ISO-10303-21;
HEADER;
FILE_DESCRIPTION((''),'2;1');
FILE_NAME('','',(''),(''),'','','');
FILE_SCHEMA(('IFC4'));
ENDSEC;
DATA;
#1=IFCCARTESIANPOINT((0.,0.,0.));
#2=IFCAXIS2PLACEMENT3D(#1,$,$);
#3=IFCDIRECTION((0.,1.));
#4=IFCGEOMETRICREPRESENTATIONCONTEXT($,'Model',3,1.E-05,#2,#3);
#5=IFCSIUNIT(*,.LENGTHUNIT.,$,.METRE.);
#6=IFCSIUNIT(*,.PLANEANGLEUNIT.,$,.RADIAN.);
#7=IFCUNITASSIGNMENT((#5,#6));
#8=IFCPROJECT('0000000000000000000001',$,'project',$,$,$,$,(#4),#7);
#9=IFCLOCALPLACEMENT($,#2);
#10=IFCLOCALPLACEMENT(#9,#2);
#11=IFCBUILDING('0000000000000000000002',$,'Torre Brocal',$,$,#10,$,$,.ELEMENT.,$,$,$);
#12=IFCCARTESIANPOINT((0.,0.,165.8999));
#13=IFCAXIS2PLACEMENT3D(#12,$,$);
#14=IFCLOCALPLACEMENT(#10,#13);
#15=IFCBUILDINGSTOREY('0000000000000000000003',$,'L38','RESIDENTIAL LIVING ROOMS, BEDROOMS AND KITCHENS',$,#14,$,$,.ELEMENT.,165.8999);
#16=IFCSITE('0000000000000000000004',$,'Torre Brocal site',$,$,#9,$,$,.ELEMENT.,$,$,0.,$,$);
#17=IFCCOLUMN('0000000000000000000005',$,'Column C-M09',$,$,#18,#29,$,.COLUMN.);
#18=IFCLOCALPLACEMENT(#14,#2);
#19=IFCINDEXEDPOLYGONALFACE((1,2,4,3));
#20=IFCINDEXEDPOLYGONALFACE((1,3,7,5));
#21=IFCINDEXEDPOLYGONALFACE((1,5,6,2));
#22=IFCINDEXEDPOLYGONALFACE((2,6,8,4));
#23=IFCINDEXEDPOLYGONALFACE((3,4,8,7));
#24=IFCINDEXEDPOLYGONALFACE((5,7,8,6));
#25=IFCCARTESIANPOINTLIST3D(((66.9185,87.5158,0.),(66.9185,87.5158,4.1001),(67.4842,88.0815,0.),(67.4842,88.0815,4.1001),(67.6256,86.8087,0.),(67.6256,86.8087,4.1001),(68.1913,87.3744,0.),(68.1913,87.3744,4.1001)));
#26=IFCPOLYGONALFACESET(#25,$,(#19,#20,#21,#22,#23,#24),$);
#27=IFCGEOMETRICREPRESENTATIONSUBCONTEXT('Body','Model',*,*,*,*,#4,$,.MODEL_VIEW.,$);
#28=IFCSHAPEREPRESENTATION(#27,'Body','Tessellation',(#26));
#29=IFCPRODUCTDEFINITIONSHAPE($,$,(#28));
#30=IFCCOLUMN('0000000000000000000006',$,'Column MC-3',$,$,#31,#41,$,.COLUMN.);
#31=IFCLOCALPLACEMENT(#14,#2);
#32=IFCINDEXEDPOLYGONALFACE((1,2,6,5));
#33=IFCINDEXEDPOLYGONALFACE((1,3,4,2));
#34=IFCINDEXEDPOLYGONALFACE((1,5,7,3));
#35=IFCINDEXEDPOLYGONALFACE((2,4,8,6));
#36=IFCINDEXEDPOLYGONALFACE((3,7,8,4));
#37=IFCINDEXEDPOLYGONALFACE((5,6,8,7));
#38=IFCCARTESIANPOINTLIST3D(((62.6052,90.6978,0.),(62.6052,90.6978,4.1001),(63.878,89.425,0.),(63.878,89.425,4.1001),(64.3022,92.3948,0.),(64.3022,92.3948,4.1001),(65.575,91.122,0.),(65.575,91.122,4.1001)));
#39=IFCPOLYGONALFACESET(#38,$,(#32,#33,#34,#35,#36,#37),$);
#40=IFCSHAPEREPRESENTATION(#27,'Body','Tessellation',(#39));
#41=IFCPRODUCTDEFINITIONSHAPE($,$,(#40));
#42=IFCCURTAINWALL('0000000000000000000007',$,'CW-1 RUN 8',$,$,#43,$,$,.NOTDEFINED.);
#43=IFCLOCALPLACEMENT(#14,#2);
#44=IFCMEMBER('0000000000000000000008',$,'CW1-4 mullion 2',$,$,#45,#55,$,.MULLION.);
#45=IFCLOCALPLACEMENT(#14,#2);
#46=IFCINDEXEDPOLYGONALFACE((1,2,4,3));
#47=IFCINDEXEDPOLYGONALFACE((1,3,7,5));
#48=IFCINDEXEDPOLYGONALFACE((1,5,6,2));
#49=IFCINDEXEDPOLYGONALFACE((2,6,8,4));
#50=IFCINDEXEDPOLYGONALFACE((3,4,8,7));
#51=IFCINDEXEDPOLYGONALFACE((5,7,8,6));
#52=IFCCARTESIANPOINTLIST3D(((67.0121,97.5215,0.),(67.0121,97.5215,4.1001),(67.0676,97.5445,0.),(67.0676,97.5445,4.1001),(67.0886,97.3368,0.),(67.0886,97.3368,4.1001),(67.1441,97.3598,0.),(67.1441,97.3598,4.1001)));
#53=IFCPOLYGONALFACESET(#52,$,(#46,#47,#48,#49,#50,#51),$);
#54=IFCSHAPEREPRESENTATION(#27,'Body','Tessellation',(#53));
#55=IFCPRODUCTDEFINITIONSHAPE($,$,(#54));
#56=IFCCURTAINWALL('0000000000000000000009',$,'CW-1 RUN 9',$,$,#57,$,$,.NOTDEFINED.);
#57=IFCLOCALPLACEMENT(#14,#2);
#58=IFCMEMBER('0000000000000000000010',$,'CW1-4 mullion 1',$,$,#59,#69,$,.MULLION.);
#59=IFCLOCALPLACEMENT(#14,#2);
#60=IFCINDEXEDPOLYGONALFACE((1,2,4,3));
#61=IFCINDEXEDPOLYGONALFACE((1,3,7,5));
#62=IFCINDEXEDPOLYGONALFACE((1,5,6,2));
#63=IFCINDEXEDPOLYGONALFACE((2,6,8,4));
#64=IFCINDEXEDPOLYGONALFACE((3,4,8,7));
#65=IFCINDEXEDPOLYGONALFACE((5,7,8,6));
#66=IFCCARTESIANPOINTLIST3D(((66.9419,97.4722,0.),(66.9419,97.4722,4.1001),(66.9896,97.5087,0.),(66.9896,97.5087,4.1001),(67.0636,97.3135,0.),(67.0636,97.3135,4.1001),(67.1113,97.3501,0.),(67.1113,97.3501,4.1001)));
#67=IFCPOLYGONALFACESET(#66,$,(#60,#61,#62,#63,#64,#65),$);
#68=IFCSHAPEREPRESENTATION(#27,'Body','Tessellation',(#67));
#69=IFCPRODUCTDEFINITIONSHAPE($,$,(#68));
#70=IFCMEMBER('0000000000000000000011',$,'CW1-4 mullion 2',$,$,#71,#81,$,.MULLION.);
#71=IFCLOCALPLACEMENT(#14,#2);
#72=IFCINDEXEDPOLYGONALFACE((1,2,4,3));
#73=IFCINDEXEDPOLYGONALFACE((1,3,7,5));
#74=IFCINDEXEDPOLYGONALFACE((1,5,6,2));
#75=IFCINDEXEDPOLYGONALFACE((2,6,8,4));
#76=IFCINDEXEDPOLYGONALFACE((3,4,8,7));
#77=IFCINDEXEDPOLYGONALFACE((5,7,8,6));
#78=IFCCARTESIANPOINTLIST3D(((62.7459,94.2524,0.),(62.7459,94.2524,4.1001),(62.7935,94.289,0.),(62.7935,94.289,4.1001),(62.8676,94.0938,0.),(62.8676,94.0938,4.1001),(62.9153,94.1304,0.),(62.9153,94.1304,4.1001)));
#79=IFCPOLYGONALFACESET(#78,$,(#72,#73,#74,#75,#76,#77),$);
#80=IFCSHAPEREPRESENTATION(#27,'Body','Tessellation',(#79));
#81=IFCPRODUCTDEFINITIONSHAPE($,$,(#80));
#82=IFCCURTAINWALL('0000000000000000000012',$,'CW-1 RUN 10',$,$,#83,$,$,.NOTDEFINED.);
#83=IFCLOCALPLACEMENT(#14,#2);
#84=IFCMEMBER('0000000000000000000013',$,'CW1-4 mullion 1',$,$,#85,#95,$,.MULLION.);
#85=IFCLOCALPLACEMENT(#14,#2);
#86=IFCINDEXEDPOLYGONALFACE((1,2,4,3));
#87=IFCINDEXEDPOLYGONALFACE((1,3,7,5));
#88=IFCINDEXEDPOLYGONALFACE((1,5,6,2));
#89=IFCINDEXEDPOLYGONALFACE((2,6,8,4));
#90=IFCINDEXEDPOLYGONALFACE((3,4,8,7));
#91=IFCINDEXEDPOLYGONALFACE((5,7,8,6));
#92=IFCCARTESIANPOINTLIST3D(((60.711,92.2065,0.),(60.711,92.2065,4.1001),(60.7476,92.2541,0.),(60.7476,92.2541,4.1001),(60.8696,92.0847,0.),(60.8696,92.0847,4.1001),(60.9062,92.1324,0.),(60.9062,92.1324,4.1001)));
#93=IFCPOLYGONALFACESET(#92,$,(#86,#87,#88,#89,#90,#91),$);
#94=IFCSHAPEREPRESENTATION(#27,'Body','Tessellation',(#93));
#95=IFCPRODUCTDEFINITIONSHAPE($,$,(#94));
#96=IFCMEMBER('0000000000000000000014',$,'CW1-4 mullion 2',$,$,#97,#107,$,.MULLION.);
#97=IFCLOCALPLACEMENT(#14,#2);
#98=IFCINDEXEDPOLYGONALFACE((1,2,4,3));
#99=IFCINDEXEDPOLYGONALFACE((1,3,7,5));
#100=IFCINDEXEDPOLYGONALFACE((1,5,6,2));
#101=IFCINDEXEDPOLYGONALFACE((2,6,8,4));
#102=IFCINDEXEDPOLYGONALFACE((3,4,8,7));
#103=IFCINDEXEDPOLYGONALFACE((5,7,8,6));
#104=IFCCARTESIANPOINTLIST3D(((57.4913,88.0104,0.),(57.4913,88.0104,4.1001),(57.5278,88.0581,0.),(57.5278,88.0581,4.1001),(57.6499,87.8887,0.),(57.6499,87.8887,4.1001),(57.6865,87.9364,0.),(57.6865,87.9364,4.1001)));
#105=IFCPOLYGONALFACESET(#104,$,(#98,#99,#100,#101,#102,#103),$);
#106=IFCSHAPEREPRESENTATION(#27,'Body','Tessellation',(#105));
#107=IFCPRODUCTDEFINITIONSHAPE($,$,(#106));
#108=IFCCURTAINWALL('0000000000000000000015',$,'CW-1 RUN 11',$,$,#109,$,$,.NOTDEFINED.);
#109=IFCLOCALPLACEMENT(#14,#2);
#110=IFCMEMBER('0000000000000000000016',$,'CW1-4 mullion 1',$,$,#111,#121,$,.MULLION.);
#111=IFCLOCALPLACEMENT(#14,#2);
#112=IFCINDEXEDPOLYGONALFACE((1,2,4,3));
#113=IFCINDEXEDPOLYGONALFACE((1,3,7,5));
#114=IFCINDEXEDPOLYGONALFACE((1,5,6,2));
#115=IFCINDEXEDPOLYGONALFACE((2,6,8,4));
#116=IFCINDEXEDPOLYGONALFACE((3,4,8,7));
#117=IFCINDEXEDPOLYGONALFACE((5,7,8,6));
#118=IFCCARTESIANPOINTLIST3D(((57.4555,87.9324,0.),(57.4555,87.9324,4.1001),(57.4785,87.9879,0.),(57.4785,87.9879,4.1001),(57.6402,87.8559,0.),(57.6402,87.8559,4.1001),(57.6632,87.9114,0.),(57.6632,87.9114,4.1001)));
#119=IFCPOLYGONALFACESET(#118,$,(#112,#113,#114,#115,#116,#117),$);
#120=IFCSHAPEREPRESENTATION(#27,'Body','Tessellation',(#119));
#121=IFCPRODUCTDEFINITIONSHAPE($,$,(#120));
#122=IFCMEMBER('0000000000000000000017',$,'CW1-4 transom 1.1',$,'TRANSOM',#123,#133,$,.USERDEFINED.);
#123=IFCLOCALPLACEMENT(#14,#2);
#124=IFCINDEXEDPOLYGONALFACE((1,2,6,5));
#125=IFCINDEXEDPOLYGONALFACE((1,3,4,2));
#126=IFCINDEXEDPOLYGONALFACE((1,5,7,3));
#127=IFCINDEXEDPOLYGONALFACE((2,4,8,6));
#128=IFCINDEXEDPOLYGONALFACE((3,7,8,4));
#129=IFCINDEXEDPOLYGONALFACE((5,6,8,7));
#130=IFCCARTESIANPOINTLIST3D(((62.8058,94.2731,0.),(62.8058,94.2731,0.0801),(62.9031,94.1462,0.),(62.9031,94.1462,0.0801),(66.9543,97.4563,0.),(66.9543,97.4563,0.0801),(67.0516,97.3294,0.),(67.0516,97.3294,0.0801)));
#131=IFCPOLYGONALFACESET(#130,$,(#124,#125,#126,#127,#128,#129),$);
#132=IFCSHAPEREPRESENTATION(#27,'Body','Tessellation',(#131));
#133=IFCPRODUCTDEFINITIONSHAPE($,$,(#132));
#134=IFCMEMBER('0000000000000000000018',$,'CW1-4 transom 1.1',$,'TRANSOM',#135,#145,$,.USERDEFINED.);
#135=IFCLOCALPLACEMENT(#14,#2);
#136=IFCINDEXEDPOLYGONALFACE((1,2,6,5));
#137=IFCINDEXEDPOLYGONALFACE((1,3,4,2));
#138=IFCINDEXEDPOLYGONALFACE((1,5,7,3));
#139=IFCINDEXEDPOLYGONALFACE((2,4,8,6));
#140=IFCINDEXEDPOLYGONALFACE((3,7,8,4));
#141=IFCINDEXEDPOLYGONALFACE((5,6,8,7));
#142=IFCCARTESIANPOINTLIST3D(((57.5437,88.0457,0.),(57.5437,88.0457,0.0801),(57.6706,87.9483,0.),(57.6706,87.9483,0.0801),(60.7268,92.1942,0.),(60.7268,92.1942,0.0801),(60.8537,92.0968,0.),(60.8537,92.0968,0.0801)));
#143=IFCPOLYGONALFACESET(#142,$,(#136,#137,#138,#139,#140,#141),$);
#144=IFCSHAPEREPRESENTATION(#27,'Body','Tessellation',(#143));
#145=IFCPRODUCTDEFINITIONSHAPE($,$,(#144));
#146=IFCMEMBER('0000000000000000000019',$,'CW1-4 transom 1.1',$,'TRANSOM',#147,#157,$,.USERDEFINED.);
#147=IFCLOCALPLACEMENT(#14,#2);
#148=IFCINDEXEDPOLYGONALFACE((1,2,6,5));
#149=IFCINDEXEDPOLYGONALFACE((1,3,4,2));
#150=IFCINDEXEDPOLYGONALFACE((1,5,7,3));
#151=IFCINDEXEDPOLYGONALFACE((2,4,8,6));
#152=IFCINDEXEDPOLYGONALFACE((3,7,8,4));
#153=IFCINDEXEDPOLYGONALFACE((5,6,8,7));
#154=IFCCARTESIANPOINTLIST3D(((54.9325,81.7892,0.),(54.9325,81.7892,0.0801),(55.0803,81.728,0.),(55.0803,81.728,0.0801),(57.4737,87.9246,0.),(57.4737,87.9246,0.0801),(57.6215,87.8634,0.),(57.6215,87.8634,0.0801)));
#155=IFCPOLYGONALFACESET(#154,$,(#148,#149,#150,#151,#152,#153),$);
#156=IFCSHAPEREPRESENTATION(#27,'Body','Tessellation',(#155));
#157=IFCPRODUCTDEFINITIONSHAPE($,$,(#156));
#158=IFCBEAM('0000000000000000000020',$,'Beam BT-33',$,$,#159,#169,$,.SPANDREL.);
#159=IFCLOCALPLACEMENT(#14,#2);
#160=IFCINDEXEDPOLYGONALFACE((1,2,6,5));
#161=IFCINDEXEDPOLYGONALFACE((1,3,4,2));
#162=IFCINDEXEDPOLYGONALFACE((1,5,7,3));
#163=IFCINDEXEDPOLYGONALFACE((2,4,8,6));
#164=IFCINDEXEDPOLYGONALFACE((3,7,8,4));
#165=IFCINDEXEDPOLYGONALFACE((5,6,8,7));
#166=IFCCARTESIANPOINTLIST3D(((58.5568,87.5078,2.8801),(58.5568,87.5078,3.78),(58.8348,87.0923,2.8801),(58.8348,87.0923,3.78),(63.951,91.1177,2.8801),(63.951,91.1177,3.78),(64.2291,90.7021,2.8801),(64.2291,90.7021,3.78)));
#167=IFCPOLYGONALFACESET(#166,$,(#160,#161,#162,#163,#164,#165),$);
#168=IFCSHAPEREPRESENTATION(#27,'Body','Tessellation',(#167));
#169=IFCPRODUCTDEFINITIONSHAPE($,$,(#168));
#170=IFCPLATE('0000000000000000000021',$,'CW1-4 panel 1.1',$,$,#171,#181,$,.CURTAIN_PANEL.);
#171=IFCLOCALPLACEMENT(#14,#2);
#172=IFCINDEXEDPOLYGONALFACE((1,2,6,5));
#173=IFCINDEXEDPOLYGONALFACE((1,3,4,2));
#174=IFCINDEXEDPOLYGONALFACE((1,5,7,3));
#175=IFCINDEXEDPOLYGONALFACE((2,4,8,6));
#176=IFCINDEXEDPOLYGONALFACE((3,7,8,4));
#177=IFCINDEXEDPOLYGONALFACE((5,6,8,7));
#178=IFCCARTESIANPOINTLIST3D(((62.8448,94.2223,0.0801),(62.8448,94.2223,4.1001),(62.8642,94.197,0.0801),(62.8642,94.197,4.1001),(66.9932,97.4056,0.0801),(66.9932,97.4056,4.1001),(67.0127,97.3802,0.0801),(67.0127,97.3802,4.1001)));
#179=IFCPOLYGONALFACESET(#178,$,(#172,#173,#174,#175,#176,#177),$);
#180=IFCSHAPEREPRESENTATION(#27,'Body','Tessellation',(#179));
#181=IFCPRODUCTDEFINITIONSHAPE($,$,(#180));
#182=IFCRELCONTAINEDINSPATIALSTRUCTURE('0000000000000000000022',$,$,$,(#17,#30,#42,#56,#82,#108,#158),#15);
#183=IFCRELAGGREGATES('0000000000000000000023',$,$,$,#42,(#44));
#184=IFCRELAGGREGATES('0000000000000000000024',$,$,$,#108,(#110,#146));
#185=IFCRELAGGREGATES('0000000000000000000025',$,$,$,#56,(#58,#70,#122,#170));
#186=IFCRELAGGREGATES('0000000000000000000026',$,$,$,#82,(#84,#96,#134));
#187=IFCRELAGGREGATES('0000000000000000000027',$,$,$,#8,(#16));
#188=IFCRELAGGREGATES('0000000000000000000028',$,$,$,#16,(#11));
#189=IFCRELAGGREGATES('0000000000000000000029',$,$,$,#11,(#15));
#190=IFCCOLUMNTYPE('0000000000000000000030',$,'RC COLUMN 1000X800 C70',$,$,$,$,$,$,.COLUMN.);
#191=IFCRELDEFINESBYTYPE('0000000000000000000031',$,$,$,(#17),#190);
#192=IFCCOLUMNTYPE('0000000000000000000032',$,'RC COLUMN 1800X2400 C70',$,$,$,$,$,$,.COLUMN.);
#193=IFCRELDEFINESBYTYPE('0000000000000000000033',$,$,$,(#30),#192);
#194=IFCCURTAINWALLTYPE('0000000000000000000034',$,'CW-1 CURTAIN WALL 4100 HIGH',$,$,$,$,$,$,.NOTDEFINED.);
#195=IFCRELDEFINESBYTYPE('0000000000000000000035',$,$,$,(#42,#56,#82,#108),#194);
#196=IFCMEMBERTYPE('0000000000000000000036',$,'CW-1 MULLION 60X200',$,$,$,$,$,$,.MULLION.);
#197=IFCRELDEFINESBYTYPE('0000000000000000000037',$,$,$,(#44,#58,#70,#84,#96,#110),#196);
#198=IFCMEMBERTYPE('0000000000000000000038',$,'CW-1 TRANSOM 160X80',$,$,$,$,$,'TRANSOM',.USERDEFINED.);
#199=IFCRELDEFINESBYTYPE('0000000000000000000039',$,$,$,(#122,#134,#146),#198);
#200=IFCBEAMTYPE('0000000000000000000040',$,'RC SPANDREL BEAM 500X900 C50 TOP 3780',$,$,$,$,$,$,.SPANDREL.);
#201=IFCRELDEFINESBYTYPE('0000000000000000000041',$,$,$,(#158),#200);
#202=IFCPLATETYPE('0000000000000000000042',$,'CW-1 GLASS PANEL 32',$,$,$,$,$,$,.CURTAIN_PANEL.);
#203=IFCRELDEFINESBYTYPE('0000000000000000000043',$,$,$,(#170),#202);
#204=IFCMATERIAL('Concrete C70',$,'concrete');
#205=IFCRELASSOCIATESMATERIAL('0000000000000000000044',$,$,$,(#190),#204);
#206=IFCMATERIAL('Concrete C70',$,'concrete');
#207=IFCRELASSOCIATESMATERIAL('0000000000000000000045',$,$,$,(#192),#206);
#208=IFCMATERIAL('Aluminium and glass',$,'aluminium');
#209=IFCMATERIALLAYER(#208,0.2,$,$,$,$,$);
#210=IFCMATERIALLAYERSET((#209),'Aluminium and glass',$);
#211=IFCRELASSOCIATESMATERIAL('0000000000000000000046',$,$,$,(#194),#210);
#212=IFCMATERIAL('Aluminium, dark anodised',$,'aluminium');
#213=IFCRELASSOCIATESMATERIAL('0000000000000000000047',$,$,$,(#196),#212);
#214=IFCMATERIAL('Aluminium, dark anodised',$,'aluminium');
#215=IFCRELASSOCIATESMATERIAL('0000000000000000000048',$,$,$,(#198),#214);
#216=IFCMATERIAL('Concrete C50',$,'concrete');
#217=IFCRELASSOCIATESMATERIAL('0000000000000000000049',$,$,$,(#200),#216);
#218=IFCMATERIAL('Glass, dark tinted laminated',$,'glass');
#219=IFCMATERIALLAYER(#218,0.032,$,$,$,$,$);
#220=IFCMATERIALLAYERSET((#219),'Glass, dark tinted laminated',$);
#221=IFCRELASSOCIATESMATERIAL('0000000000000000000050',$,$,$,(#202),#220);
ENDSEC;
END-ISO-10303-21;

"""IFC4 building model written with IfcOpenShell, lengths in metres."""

from ifc_helpers import new_model, si_unit, direction, frame, origin, origin_2d, place, context, subcontext, project, spatial, rectangle, extrude, material, layer, layer_set, material_profile, profile_set, type_object, element, aggregate, save


model = new_model("IFC4")

# Units and contexts
model_context = context("Model", 3, precision=1e-05, world=origin(), true_north=direction((0.0, 1.0)))
body_context = subcontext(model_context, "Body", "Model", "MODEL_VIEW")
ifc_project = project(units=[si_unit("LENGTHUNIT", "METRE"), si_unit("PLANEANGLEUNIT", "RADIAN")], contexts=[model_context])

# Site, building, storey
site_placement = place(None, origin())
site = spatial("IfcSite", under=ifc_project, at=site_placement, Name="Torre Brocal site", CompositionType="ELEMENT", RefElevation=0.0)
building_placement = place(site_placement, origin())
building = spatial("IfcBuilding", under=site, at=building_placement, Name="Torre Brocal", CompositionType="ELEMENT")
storey_placement = place(building_placement, frame((0.0, 0.0, 165.8999)))
storey = spatial("IfcBuildingStorey", under=building, at=storey_placement, Name="L38", Description="RESIDENTIAL LIVING ROOMS, BEDROOMS AND KITCHENS", CompositionType="ELEMENT", Elevation=165.8999)

# Columns
ifc_material_1 = material(Name="Concrete C70", Category="concrete")
ifc_material_profile_1 = material_profile(ifc_material_1, rectangle(XDim=1.0, YDim=0.8, at=origin_2d()), Name="RC 1000X800")
ifc_profile_set_1 = profile_set([ifc_material_profile_1], Name="Concrete C70")
column_type_1 = type_object("IfcColumnType", Name="RC COLUMN 1000X800 C70", PredefinedType="COLUMN", material=ifc_profile_set_1)
column_1_placement = place(storey_placement, frame((67.5549, 87.4451, 0.0), z_axis=(0.0, 0.0, 1.0), x_axis=(-0.707107, 0.707107, 0.0)))
element("IfcColumn", 1, at=column_1_placement, inside=storey, type_object=column_type_1, Name="Column C-M09", PredefinedType="COLUMN", context=body_context, shape_type="SweptSolid", body=[
    extrude(rectangle(XDim=1.0, YDim=0.8, at=origin_2d()), origin(), (0.0, 0.0, 1.0), 4.1001),
])
ifc_material_2 = material(Name="Concrete C70", Category="concrete")
ifc_material_profile_2 = material_profile(ifc_material_2, rectangle(XDim=1.8, YDim=2.3999, at=origin_2d()), Name="RC 1800X2400")
ifc_profile_set_2 = profile_set([ifc_material_profile_2], Name="Concrete C70")
column_type_2 = type_object("IfcColumnType", Name="RC COLUMN 1800X2400 C70", PredefinedType="COLUMN", material=ifc_profile_set_2)
column_2_placement = place(storey_placement, frame((64.0901, 90.9099, 0.0), z_axis=(0.0, 0.0, 1.0), x_axis=(-0.707107, 0.707107, 0.0)))
element("IfcColumn", 2, at=column_2_placement, inside=storey, type_object=column_type_2, Name="Column MC-3", PredefinedType="COLUMN", context=body_context, shape_type="SweptSolid", body=[
    extrude(rectangle(XDim=1.8, YDim=2.3999, at=origin_2d()), origin(), (0.0, 0.0, 1.0), 4.1001),
])

# Curtain wall, member
ifc_material_3 = material(Name="Aluminium and glass", Category="aluminium")
ifc_layer_1 = layer(ifc_material_3, 0.2)
ifc_layer_set_1 = layer_set([ifc_layer_1], Name="Aluminium and glass")
curtain_wall_type = type_object("IfcCurtainWallType", Name="CW-1 CURTAIN WALL 4100 HIGH", PredefinedType="NOTDEFINED", material=ifc_layer_set_1)
curtain_wall_1_placement = place(storey_placement, origin())
curtain_wall_1 = element("IfcCurtainWall", 3, at=curtain_wall_1_placement, inside=storey, type_object=curtain_wall_type, Name="CW-1 RUN 8", PredefinedType="NOTDEFINED")
ifc_material_4 = material(Name="Aluminium, dark anodised", Category="aluminium")
ifc_material_profile_3 = material_profile(ifc_material_4, rectangle(XDim=0.2, YDim=0.0601, at=origin_2d()), Name="CW-1 MULLION 60X200")
ifc_profile_set_3 = profile_set([ifc_material_profile_3], Name="Aluminium, dark anodised")
member_type_1 = type_object("IfcMemberType", Name="CW-1 MULLION 60X200", PredefinedType="MULLION", material=ifc_profile_set_3)
member_1_placement = place(storey_placement, frame((67.0781, 97.4407, 0.0), z_axis=(0.0, 0.0, 1.0), x_axis=(0.382683, -0.92388, 0.0)))
member_1 = element("IfcMember", 4, at=member_1_placement, type_object=member_type_1, Name="CW1-4 mullion 2", PredefinedType="MULLION", context=body_context, shape_type="SweptSolid", body=[
    extrude(rectangle(XDim=0.2, YDim=0.0601, at=origin_2d()), origin(), (0.0, 0.0, 1.0), 4.1001),
])
aggregate(curtain_wall_1, [member_1])

# Curtain walls, members
curtain_wall_2_placement = place(storey_placement, origin())
curtain_wall_2 = element("IfcCurtainWall", 5, at=curtain_wall_2_placement, inside=storey, type_object=curtain_wall_type, Name="CW-1 RUN 9", PredefinedType="NOTDEFINED")
member_2_placement = place(storey_placement, frame((67.0266, 97.4111, 0.0), z_axis=(0.0, 0.0, 1.0), x_axis=(0.608761, -0.793353, 0.0)))
member_2 = element("IfcMember", 6, at=member_2_placement, type_object=member_type_1, Name="CW1-4 mullion 1", PredefinedType="MULLION", context=body_context, shape_type="SweptSolid", body=[
    extrude(rectangle(XDim=0.2, YDim=0.0601, at=origin_2d()), origin(), (0.0, 0.0, 1.0), 4.1001),
])
member_3_placement = place(storey_placement, frame((62.8306, 94.1914, 0.0), z_axis=(0.0, 0.0, 1.0), x_axis=(0.608761, -0.793353, 0.0)))
member_3 = element("IfcMember", 7, at=member_3_placement, type_object=member_type_1, Name="CW1-4 mullion 2", PredefinedType="MULLION", context=body_context, shape_type="SweptSolid", body=[
    extrude(rectangle(XDim=0.2, YDim=0.0601, at=origin_2d()), origin(), (0.0, 0.0, 1.0), 4.1001),
])
curtain_wall_3_placement = place(storey_placement, origin())
curtain_wall_3 = element("IfcCurtainWall", 8, at=curtain_wall_3_placement, inside=storey, type_object=curtain_wall_type, Name="CW-1 RUN 10", PredefinedType="NOTDEFINED")
member_4_placement = place(storey_placement, frame((60.8086, 92.1694, 0.0), z_axis=(0.0, 0.0, 1.0), x_axis=(0.793353, -0.608761, 0.0)))
member_4 = element("IfcMember", 9, at=member_4_placement, type_object=member_type_1, Name="CW1-4 mullion 1", PredefinedType="MULLION", context=body_context, shape_type="SweptSolid", body=[
    extrude(rectangle(XDim=0.2, YDim=0.0601, at=origin_2d()), origin(), (0.0, 0.0, 1.0), 4.1001),
])
member_5_placement = place(storey_placement, frame((57.5889, 87.9734, 0.0), z_axis=(0.0, 0.0, 1.0), x_axis=(0.793353, -0.608761, 0.0)))
member_5 = element("IfcMember", 10, at=member_5_placement, type_object=member_type_1, Name="CW1-4 mullion 2", PredefinedType="MULLION", context=body_context, shape_type="SweptSolid", body=[
    extrude(rectangle(XDim=0.2, YDim=0.0601, at=origin_2d()), origin(), (0.0, 0.0, 1.0), 4.1001),
])

# Curtain wall, member
curtain_wall_4_placement = place(storey_placement, origin())
curtain_wall_4 = element("IfcCurtainWall", 11, at=curtain_wall_4_placement, inside=storey, type_object=curtain_wall_type, Name="CW-1 RUN 11", PredefinedType="NOTDEFINED")
member_6_placement = place(storey_placement, frame((57.5593, 87.9219, 0.0), z_axis=(0.0, 0.0, 1.0), x_axis=(0.92388, -0.382683, 0.0)))
member_6 = element("IfcMember", 12, at=member_6_placement, type_object=member_type_1, Name="CW1-4 mullion 1", PredefinedType="MULLION", context=body_context, shape_type="SweptSolid", body=[
    extrude(rectangle(XDim=0.2, YDim=0.0601, at=origin_2d()), origin(), (0.0, 0.0, 1.0), 4.1001),
])

# Members
ifc_material_5 = material(Name="Aluminium, dark anodised", Category="aluminium")
ifc_material_profile_4 = material_profile(ifc_material_5, rectangle(XDim=0.1599, YDim=0.0801, at=origin_2d()), Name="CW-1 TRANSOM 160X80")
ifc_profile_set_4 = profile_set([ifc_material_profile_4], Name="Aluminium, dark anodised")
member_type_2 = type_object("IfcMemberType", Name="CW-1 TRANSOM 160X80", ElementType="TRANSOM", PredefinedType="USERDEFINED", material=ifc_profile_set_4)
member_7_placement = place(storey_placement, frame((67.0029, 97.3928, 0.04), z_axis=(-0.793363, -0.608749, 0.0), x_axis=(0.608749, -0.793363, 0.0)))
member_7 = element("IfcMember", 13, at=member_7_placement, type_object=member_type_2, Name="CW1-4 transom 1.1", ObjectType="TRANSOM", PredefinedType="USERDEFINED", context=body_context, shape_type="SweptSolid", body=[
    extrude(rectangle(XDim=0.1599, YDim=0.0801, at=origin_2d()), origin(), (0.0, 0.0, 1.0), 5.229),
])
member_8_placement = place(storey_placement, frame((60.7903, 92.1455, 0.04), z_axis=(-0.608749, -0.793363, 0.0), x_axis=(0.793363, -0.608749, 0.0)))
member_8 = element("IfcMember", 14, at=member_8_placement, type_object=member_type_2, Name="CW1-4 transom 1.1", ObjectType="TRANSOM", PredefinedType="USERDEFINED", context=body_context, shape_type="SweptSolid", body=[
    extrude(rectangle(XDim=0.1599, YDim=0.0801, at=origin_2d()), origin(), (0.0, 0.0, 1.0), 5.229),
])
member_9_placement = place(storey_placement, frame((57.5476, 87.894, 0.04), z_axis=(-0.382665, -0.923887, 0.0), x_axis=(0.923887, -0.382665, 0.0)))
member_9 = element("IfcMember", 15, at=member_9_placement, type_object=member_type_2, Name="CW1-4 transom 1.1", ObjectType="TRANSOM", PredefinedType="USERDEFINED", context=body_context, shape_type="SweptSolid", body=[
    extrude(rectangle(XDim=0.1599, YDim=0.0801, at=origin_2d()), origin(), (0.0, 0.0, 1.0), 6.6409),
])
aggregate(curtain_wall_4, [member_6, member_9])

# Beam
ifc_material_6 = material(Name="Concrete C50", Category="concrete")
ifc_material_profile_5 = material_profile(ifc_material_6, rectangle(XDim=0.5, YDim=0.8999, at=origin_2d()), Name="RC 500X900")
ifc_profile_set_5 = profile_set([ifc_material_profile_5], Name="Concrete C50")
beam_type = type_object("IfcBeamType", Name="RC SPANDREL BEAM 500X900 C50 TOP 3780", PredefinedType="SPANDREL", material=ifc_profile_set_5)
beam_placement = place(storey_placement, frame((64.0901, 90.9099, 3.3301), z_axis=(-0.831077, -0.556158, 0.0), x_axis=(0.556158, -0.831077, 0.0)))
element("IfcBeam", 16, at=beam_placement, inside=storey, type_object=beam_type, Name="Beam BT-33", PredefinedType="SPANDREL", context=body_context, shape_type="SweptSolid", body=[
    extrude(rectangle(XDim=0.5, YDim=0.8999, at=origin_2d()), origin(), (0.0, 0.0, 1.0), 6.4907),
])

# Plate
ifc_material_7 = material(Name="Glass, dark tinted laminated", Category="glass")
ifc_layer_2 = layer(ifc_material_7, 0.032)
ifc_layer_set_2 = layer_set([ifc_layer_2], Name="Glass, dark tinted laminated")
plate_type = type_object("IfcPlateType", Name="CW-1 GLASS PANEL 32", PredefinedType="CURTAIN_PANEL", material=ifc_layer_set_2)
plate_1_placement = place(storey_placement, frame((64.9287, 95.8013, 0.0801), z_axis=(0.0, 0.0, 1.0), x_axis=(-0.793353, -0.608761, 0.0)))
plate_1 = element("IfcPlate", 17, at=plate_1_placement, type_object=plate_type, Name="CW1-4 panel 1.1", PredefinedType="CURTAIN_PANEL", context=body_context, shape_type="SweptSolid", body=[
    extrude(rectangle(XDim=5.229, YDim=0.032, at=origin_2d()), origin(), (0.0, 0.0, 1.0), 4.02),
])
aggregate(curtain_wall_2, [member_2, member_3, member_7, plate_1])
aggregate(curtain_wall_3, [member_4, member_5, member_8])

save(model, "model.ifc")
